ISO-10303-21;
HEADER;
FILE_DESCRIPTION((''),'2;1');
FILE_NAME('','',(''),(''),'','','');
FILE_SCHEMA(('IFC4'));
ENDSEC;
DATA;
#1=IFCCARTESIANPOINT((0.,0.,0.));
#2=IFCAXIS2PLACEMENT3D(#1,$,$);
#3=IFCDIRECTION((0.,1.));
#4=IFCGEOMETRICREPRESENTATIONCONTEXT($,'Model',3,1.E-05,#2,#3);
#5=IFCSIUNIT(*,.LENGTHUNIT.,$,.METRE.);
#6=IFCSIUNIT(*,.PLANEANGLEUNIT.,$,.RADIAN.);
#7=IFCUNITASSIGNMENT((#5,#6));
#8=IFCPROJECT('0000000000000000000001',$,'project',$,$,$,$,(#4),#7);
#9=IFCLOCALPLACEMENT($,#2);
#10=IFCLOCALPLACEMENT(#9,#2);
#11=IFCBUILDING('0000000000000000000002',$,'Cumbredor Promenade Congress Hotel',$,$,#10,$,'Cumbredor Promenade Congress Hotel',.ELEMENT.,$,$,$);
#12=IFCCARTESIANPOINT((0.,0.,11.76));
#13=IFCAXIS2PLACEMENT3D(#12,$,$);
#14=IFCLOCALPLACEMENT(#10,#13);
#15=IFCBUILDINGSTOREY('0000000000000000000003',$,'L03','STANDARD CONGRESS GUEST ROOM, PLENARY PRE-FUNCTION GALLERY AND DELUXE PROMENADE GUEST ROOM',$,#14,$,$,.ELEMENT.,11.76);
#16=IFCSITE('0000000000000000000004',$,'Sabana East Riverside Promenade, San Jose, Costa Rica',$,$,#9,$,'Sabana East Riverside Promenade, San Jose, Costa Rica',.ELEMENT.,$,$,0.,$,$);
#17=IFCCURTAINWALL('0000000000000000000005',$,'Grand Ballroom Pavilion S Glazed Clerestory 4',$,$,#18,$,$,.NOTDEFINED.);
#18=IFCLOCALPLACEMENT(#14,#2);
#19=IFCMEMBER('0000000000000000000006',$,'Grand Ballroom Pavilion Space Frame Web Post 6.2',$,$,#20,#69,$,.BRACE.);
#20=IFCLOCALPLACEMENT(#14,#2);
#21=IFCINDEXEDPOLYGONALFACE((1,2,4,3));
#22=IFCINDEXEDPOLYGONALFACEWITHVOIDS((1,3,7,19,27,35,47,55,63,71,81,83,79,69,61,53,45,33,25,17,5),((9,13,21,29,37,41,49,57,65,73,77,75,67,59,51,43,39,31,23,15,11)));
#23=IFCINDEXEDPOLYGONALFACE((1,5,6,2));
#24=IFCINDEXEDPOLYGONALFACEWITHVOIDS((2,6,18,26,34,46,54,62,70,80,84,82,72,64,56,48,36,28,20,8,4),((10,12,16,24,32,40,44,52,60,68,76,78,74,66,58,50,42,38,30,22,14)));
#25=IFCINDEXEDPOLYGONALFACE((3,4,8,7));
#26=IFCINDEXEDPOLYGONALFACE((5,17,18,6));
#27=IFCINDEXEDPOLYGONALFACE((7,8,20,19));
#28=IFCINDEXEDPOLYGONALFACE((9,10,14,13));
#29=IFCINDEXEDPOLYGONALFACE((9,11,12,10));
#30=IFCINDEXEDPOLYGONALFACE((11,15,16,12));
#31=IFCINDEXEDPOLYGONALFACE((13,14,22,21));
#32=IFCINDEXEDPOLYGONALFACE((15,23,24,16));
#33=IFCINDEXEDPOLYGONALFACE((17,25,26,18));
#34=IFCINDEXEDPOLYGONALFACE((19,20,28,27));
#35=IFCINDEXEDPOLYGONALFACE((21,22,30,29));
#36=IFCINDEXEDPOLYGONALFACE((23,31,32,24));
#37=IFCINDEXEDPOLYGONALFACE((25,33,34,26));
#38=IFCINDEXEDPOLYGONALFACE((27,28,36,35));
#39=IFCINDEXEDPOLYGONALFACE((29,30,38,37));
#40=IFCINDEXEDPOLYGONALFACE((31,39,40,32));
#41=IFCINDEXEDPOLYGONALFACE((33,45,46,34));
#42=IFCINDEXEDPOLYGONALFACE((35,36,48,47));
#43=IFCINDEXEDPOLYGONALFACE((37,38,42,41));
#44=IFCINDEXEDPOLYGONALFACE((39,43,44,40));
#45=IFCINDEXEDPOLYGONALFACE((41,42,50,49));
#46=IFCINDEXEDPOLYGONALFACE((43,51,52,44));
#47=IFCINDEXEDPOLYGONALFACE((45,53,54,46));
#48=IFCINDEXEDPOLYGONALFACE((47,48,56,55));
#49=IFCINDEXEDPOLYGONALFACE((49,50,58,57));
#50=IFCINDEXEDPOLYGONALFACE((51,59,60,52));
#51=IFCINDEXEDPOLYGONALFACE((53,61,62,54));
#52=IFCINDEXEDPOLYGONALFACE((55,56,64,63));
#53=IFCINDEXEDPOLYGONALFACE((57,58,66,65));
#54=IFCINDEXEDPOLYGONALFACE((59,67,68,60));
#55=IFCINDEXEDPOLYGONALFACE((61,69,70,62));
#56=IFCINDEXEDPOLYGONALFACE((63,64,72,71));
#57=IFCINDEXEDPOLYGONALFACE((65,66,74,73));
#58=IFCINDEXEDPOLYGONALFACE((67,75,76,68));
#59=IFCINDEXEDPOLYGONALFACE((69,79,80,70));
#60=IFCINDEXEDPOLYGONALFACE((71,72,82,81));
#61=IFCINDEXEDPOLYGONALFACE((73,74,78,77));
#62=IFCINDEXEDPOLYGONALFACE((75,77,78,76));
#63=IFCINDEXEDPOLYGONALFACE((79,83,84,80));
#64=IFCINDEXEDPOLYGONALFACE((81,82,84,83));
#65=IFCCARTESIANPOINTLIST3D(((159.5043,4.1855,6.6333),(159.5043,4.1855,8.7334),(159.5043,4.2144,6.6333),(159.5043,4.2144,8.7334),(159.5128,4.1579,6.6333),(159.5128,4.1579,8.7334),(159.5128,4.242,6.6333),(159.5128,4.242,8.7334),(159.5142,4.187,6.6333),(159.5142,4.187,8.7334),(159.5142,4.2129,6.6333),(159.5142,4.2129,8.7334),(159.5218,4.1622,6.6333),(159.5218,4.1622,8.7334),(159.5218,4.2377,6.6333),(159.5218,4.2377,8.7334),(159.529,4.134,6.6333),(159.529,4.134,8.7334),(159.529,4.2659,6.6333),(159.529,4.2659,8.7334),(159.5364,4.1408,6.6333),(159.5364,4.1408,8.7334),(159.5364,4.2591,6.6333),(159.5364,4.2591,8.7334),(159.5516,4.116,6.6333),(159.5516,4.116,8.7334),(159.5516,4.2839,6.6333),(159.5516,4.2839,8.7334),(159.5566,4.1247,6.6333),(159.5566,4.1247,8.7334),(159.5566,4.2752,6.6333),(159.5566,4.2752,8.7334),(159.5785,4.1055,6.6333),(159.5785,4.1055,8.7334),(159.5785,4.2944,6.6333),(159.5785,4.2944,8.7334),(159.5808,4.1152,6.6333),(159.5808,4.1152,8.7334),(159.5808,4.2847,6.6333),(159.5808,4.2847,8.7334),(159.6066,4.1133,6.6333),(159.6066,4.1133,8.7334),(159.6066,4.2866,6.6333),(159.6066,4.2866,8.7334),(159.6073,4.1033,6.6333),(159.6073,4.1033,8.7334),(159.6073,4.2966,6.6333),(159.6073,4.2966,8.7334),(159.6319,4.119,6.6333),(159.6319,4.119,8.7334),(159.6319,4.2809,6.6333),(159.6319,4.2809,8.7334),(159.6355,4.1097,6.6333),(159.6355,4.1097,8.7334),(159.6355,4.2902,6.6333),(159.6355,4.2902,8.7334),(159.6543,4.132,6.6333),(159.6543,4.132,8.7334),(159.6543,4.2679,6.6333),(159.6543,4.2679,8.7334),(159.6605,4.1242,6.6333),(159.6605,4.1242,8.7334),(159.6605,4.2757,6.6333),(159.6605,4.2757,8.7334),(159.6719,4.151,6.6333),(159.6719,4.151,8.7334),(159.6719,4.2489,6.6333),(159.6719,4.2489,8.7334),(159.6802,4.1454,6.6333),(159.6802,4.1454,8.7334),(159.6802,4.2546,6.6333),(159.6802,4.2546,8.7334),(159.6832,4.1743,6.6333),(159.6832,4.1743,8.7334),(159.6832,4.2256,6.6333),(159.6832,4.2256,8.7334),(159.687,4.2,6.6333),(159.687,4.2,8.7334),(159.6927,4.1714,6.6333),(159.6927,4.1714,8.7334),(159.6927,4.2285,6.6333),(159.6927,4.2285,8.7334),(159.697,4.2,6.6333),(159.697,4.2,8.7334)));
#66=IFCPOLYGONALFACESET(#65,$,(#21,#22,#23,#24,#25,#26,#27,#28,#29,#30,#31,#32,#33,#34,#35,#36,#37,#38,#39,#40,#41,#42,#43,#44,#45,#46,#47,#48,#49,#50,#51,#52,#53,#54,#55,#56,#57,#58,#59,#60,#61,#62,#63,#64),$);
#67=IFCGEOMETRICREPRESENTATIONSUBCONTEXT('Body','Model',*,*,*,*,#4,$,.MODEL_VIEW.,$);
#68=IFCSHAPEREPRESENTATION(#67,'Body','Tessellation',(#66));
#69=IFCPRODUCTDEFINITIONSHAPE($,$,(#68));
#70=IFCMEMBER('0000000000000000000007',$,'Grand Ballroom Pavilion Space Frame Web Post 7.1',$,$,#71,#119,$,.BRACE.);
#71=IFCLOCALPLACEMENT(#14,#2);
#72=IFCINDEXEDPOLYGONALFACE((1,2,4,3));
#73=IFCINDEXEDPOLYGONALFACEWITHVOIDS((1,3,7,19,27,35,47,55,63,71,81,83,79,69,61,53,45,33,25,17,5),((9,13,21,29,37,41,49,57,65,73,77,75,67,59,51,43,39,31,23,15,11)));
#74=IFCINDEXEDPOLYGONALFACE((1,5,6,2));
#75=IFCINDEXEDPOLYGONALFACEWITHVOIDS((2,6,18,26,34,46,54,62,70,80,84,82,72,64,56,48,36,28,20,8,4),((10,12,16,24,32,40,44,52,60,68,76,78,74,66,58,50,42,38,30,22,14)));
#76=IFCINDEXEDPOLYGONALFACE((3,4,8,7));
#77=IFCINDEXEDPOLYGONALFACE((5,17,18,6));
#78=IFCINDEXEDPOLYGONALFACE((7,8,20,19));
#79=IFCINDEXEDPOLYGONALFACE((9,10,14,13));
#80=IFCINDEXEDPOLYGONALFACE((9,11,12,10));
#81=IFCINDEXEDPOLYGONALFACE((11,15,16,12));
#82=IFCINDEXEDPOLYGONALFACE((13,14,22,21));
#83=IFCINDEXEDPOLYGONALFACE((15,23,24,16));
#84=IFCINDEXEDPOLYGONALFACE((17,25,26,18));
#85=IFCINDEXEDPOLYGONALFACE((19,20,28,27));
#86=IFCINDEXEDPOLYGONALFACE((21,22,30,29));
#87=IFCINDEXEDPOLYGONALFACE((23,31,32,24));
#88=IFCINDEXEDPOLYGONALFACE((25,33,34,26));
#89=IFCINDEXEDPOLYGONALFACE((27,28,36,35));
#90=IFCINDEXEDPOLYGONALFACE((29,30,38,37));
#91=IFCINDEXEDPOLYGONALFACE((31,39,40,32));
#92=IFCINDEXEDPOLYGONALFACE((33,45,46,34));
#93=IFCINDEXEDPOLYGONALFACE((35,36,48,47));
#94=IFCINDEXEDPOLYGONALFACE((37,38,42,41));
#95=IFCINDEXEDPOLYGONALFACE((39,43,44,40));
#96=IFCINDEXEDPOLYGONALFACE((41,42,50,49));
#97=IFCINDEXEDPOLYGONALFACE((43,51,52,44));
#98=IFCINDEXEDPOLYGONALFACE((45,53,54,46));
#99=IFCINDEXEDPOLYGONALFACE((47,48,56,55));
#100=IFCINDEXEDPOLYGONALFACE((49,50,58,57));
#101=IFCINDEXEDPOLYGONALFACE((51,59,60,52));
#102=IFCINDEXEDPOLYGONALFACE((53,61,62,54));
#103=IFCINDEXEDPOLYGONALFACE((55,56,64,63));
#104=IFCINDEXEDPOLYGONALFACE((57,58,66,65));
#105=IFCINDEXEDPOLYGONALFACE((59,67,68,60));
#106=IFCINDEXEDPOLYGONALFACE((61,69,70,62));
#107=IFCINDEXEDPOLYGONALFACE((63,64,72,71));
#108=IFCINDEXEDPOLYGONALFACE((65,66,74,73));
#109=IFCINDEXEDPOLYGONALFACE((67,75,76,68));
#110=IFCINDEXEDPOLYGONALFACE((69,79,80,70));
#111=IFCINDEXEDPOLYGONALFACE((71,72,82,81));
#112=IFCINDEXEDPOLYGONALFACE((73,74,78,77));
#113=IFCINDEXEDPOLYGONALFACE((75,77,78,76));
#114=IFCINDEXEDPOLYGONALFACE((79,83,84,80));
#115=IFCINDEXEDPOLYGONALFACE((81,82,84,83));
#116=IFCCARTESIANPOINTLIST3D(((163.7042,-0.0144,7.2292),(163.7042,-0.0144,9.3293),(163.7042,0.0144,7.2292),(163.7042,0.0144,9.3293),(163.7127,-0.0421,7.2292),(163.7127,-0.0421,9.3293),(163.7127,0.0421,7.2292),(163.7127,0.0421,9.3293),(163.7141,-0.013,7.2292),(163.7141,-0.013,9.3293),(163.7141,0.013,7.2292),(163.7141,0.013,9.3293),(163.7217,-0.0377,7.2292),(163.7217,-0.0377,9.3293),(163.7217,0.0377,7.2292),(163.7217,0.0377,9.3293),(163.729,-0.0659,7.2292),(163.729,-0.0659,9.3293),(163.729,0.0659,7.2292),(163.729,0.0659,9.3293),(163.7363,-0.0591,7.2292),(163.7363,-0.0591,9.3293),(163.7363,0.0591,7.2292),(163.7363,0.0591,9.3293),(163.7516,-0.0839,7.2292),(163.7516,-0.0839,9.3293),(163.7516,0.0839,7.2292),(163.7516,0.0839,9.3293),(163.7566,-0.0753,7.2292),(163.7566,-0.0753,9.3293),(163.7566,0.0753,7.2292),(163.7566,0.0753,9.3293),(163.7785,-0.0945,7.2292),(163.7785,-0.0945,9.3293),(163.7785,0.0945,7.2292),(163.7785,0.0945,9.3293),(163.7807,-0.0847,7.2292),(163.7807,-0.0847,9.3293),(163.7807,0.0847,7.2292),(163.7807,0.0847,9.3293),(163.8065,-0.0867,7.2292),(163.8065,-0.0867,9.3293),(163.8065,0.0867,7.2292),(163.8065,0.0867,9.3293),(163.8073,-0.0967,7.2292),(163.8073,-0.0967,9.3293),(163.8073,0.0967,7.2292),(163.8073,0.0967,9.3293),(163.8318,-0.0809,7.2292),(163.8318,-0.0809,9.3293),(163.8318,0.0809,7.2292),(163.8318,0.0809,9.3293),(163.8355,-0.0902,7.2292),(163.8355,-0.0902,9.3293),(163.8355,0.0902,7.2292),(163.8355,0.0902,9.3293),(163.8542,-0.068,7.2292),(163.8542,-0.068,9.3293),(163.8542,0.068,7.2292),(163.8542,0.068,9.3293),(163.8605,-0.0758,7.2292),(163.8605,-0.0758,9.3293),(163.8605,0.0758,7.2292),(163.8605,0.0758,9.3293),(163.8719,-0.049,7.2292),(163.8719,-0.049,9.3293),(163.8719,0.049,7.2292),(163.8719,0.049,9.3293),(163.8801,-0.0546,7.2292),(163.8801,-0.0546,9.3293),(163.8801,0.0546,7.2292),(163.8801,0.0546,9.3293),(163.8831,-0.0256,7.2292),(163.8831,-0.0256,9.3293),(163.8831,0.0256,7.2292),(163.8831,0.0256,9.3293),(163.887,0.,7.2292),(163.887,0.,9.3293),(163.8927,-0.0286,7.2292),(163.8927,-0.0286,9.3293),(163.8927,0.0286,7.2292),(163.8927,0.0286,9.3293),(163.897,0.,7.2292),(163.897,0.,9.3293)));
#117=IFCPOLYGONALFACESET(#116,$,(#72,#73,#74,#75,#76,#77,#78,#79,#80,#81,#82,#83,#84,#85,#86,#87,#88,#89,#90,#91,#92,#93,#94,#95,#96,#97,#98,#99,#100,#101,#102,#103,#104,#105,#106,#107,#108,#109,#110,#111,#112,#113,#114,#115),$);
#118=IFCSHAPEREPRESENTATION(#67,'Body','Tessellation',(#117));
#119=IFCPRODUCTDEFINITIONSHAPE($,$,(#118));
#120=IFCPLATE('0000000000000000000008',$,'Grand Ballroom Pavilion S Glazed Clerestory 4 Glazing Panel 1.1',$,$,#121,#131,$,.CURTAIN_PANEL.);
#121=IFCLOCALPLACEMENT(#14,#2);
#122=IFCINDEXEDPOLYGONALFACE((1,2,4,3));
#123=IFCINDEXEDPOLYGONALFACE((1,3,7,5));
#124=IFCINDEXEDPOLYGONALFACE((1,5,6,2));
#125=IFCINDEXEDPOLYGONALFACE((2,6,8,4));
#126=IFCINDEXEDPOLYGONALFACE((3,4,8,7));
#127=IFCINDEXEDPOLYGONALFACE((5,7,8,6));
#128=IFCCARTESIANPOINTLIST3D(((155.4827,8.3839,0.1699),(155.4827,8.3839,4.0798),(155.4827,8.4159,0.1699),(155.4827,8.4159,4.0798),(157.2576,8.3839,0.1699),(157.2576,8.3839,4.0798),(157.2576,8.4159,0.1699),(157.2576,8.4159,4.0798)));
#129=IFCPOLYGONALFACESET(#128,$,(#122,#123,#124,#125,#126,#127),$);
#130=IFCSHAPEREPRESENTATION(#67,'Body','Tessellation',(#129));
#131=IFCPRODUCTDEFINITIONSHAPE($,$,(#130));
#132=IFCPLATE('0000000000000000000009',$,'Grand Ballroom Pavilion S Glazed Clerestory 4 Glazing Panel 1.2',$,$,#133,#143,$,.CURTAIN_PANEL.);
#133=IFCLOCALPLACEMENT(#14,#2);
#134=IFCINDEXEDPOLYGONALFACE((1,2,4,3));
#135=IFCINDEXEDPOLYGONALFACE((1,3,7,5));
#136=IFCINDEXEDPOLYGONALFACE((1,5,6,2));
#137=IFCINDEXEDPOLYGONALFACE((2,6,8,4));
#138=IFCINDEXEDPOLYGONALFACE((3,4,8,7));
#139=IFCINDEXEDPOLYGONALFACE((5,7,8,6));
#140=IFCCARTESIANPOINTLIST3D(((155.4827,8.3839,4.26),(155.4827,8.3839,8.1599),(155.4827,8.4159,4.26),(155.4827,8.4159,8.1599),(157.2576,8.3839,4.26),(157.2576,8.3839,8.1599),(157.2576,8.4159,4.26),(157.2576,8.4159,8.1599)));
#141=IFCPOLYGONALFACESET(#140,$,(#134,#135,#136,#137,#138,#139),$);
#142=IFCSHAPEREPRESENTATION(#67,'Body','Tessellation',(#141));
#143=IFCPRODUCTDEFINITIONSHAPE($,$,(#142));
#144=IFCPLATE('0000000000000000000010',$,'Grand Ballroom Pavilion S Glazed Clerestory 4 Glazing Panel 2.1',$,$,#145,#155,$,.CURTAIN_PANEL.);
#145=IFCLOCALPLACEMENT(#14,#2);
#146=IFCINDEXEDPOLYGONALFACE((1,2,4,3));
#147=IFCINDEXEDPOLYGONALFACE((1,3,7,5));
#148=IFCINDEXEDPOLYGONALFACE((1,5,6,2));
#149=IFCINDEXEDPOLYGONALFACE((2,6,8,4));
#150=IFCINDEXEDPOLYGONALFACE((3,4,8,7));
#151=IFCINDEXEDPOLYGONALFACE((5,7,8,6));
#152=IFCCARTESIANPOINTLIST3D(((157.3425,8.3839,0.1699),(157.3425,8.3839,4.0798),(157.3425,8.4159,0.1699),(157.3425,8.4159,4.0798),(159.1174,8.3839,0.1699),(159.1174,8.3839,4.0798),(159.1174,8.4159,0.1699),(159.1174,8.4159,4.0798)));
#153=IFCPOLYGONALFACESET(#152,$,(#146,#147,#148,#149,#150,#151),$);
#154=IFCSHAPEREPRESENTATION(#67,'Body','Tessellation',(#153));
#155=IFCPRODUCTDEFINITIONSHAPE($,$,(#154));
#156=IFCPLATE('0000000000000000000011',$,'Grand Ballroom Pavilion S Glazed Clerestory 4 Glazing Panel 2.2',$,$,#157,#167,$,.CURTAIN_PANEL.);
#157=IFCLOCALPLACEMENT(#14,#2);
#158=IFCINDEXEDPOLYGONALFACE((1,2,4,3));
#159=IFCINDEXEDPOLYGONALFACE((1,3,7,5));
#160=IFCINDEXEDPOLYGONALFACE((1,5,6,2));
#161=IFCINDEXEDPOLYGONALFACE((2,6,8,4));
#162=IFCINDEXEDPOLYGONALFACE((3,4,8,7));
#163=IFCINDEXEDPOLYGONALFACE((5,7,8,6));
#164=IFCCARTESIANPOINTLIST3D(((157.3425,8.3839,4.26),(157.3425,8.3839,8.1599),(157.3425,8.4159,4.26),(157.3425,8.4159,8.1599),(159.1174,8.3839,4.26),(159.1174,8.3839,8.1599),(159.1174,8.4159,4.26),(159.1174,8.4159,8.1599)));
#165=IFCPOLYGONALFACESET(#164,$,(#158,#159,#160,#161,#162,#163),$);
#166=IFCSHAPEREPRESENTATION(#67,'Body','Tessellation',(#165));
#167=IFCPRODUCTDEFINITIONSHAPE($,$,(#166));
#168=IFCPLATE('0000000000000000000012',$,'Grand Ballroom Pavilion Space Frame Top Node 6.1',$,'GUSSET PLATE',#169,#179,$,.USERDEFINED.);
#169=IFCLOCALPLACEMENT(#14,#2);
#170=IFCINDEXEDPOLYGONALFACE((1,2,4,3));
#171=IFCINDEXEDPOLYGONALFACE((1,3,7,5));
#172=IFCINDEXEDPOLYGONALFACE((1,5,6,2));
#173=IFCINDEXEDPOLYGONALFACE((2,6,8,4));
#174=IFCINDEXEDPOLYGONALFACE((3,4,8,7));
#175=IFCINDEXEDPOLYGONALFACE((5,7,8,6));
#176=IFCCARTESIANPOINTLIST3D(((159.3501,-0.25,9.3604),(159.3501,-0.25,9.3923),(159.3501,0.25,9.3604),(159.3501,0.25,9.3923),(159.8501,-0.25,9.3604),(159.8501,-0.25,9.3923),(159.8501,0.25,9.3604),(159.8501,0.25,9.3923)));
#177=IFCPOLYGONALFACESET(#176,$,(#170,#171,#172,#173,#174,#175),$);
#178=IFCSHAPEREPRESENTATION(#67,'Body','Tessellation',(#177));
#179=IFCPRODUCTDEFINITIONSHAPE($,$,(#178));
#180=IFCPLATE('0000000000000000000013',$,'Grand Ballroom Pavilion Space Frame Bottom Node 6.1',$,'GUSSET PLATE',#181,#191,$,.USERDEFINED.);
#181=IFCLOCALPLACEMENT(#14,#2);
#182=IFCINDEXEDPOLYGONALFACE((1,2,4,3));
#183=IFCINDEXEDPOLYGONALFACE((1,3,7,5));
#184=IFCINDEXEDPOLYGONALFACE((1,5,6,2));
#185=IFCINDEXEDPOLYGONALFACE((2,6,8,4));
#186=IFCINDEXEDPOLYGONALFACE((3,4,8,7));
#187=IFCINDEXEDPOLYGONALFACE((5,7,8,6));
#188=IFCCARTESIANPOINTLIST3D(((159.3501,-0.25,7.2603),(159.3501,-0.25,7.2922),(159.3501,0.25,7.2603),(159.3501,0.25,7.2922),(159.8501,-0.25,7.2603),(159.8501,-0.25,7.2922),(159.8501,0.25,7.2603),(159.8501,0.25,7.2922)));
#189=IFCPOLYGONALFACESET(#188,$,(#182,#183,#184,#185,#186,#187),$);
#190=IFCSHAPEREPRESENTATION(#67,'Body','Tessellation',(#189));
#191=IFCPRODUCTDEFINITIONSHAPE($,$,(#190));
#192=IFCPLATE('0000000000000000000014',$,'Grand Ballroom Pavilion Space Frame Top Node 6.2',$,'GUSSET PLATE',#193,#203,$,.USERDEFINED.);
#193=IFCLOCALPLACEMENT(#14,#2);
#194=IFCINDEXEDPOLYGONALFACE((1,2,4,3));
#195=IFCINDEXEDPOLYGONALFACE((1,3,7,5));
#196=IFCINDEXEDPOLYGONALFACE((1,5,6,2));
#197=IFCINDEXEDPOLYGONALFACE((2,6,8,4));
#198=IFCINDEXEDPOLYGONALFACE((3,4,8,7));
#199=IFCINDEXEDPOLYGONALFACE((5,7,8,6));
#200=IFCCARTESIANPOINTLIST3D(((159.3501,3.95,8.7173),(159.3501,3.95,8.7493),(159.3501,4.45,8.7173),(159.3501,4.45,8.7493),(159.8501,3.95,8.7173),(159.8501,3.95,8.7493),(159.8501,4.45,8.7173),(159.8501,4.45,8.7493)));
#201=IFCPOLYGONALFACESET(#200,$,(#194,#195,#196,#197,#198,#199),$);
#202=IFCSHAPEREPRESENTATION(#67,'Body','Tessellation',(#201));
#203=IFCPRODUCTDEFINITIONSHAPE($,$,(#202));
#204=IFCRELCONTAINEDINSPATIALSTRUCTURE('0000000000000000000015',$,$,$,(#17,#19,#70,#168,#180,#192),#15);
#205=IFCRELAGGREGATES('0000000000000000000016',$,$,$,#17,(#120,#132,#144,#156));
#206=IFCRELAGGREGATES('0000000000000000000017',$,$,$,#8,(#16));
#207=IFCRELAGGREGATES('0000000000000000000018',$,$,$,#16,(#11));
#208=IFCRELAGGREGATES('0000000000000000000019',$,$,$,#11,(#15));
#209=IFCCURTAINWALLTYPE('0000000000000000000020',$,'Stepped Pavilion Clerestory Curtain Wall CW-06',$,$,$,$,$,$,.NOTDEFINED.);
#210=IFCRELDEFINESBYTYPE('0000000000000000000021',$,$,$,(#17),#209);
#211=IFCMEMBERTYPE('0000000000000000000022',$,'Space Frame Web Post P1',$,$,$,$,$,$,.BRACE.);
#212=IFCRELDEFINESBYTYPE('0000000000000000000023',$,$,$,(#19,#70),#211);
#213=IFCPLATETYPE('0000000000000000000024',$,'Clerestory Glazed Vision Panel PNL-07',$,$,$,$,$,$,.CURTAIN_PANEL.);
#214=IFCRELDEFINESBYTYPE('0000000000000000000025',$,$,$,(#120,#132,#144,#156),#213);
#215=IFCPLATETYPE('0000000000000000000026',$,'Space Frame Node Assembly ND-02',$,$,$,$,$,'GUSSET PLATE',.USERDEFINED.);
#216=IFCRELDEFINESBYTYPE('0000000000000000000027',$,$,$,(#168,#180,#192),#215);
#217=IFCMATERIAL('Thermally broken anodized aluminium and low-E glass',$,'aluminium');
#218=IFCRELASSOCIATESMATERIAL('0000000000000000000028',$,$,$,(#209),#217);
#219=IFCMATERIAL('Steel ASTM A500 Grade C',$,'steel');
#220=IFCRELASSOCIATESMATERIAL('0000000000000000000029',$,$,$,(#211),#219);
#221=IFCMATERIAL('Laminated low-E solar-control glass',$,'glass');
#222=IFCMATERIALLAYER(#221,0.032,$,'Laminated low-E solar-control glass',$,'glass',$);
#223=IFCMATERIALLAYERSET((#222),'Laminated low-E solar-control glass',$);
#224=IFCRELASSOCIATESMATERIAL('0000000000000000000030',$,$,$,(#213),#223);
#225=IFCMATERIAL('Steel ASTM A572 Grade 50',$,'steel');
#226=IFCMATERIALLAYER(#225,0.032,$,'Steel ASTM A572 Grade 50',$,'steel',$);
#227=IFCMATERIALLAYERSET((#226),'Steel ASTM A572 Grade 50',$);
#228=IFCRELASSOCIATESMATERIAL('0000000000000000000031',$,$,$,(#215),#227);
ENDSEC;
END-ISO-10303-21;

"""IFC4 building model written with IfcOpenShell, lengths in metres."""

from ifc_helpers import new_model, si_unit, direction, frame, origin, origin_2d, place, context, subcontext, project, spatial, rectangle, hollow_circle, extrude, material, layer, layer_set, material_profile, profile_set, type_object, element, aggregate, save


model = new_model("IFC4")

# Units and contexts
model_context = context("Model", 3, precision=1e-05, world=origin(), true_north=direction((0.0, 1.0)))
body_context = subcontext(model_context, "Body", "Model", "MODEL_VIEW")
ifc_project = project(units=[si_unit("LENGTHUNIT", "METRE"), si_unit("PLANEANGLEUNIT", "RADIAN")], contexts=[model_context])

# Site, building, storey
site_placement = place(None, origin())
site = spatial("IfcSite", under=ifc_project, at=site_placement, Name="Sabana East Riverside Promenade, San Jose, Costa Rica", LongName="Sabana East Riverside Promenade, San Jose, Costa Rica", CompositionType="ELEMENT", RefElevation=0.0)
building_placement = place(site_placement, origin())
building = spatial("IfcBuilding", under=site, at=building_placement, Name="Cumbredor Promenade Congress Hotel", LongName="Cumbredor Promenade Congress Hotel", CompositionType="ELEMENT")
storey_placement = place(building_placement, frame((0.0, 0.0, 11.76)))
storey = spatial("IfcBuildingStorey", under=building, at=storey_placement, Name="L03", Description="STANDARD CONGRESS GUEST ROOM, PLENARY PRE-FUNCTION GALLERY AND DELUXE PROMENADE GUEST ROOM", CompositionType="ELEMENT", Elevation=11.76)

# Shared definitions
ifc_material_1 = material(Name="Steel ASTM A500 Grade C", Category="steel")

# Curtain wall
ifc_material_2 = material(Name="Thermally broken anodized aluminium and low-E glass", Category="aluminium")
curtain_wall_type = type_object("IfcCurtainWallType", Name="Stepped Pavilion Clerestory Curtain Wall CW-06", PredefinedType="NOTDEFINED", material=ifc_material_2)
curtain_wall_placement = place(storey_placement, origin())
curtain_wall = element("IfcCurtainWall", 1, at=curtain_wall_placement, inside=storey, type_object=curtain_wall_type, Name="Grand Ballroom Pavilion S Glazed Clerestory 4", PredefinedType="NOTDEFINED")

# Members
ifc_material_profile_1 = material_profile(ifc_material_1, hollow_circle(Radius=0.0969, WallThickness=0.01, at=origin_2d()), Name="CHS 193.7x10")
ifc_profile_set_1 = profile_set([ifc_material_profile_1], Name="Steel ASTM A500 Grade C")
member_type_1 = type_object("IfcMemberType", Name="Space Frame Web Post P1", PredefinedType="BRACE", material=ifc_profile_set_1)
for number, where, z_axis, x_axis, name in (
    (2, (159.6001, 4.2, 6.6333), (0.0, 0.0, 1.0), (1.0, 0.0, 0.0), "Grand Ballroom Pavilion Space Frame Web Post 6.2"),
    (3, (163.8, 0.0, 7.2292), (0.0, 0.0, 1.0), (1.0, 0.0, 0.0), "Grand Ballroom Pavilion Space Frame Web Post 7.1"),
):
    element("IfcMember", number, at=place(storey_placement, frame(where, z_axis=z_axis, x_axis=x_axis)), inside=storey, type_object=member_type_1, Name=name, PredefinedType="BRACE", context=body_context, shape_type="SweptSolid", body=[
        extrude(hollow_circle(Radius=0.0969, WallThickness=0.01, at=origin_2d()), origin(), (0.0, 0.0, 1.0), 2.1001),
    ])

# Plates
ifc_material_3 = material(Name="Laminated low-E solar-control glass", Category="glass")
ifc_layer_1 = layer(ifc_material_3, 0.032, Name="Laminated low-E solar-control glass", Category="glass")
ifc_layer_set_1 = layer_set([ifc_layer_1], Name="Laminated low-E solar-control glass")
plate_type_1 = type_object("IfcPlateType", Name="Clerestory Glazed Vision Panel PNL-07", PredefinedType="CURTAIN_PANEL", material=ifc_layer_set_1)
plate_1_placement = place(storey_placement, frame((156.3701, 8.3999, 0.1699), z_axis=(0.0, 0.0, 1.0), x_axis=(1.0, 0.0, 0.0)))
plate_1 = element("IfcPlate", 4, at=plate_1_placement, type_object=plate_type_1, Name="Grand Ballroom Pavilion S Glazed Clerestory 4 Glazing Panel 1.1", PredefinedType="CURTAIN_PANEL", context=body_context, shape_type="SweptSolid", body=[
    extrude(rectangle(XDim=1.7749, YDim=0.032, at=origin_2d()), origin(), (0.0, 0.0, 1.0), 3.9099),
])
plate_2_placement = place(storey_placement, frame((156.3701, 8.3999, 4.26), z_axis=(0.0, 0.0, 1.0), x_axis=(1.0, 0.0, 0.0)))
plate_2 = element("IfcPlate", 5, at=plate_2_placement, type_object=plate_type_1, Name="Grand Ballroom Pavilion S Glazed Clerestory 4 Glazing Panel 1.2", PredefinedType="CURTAIN_PANEL", context=body_context, shape_type="SweptSolid", body=[
    extrude(rectangle(XDim=1.7749, YDim=0.032, at=origin_2d()), origin(), (0.0, 0.0, 1.0), 3.8999),
])
plate_3_placement = place(storey_placement, frame((158.23, 8.3999, 0.1699), z_axis=(0.0, 0.0, 1.0), x_axis=(1.0, 0.0, 0.0)))
plate_3 = element("IfcPlate", 6, at=plate_3_placement, type_object=plate_type_1, Name="Grand Ballroom Pavilion S Glazed Clerestory 4 Glazing Panel 2.1", PredefinedType="CURTAIN_PANEL", context=body_context, shape_type="SweptSolid", body=[
    extrude(rectangle(XDim=1.7749, YDim=0.032, at=origin_2d()), origin(), (0.0, 0.0, 1.0), 3.9099),
])
plate_4_placement = place(storey_placement, frame((158.23, 8.3999, 4.26), z_axis=(0.0, 0.0, 1.0), x_axis=(1.0, 0.0, 0.0)))
plate_4 = element("IfcPlate", 7, at=plate_4_placement, type_object=plate_type_1, Name="Grand Ballroom Pavilion S Glazed Clerestory 4 Glazing Panel 2.2", PredefinedType="CURTAIN_PANEL", context=body_context, shape_type="SweptSolid", body=[
    extrude(rectangle(XDim=1.7749, YDim=0.032, at=origin_2d()), origin(), (0.0, 0.0, 1.0), 3.8999),
])
aggregate(curtain_wall, [plate_1, plate_2, plate_3, plate_4])

# Plates
ifc_material_4 = material(Name="Steel ASTM A572 Grade 50", Category="steel")
ifc_layer_2 = layer(ifc_material_4, 0.032, Name="Steel ASTM A572 Grade 50", Category="steel")
ifc_layer_set_2 = layer_set([ifc_layer_2], Name="Steel ASTM A572 Grade 50")
plate_type_2 = type_object("IfcPlateType", Name="Space Frame Node Assembly ND-02", ElementType="GUSSET PLATE", PredefinedType="USERDEFINED", material=ifc_layer_set_2)
for number, where, z_axis, x_axis, name in (
    (8, (159.6001, 0.0, 9.3604), (0.0, 0.0, 1.0), (1.0, 0.0, 0.0), "Grand Ballroom Pavilion Space Frame Top Node 6.1"),
    (9, (159.6001, 0.0, 7.2603), (0.0, 0.0, 1.0), (1.0, 0.0, 0.0), "Grand Ballroom Pavilion Space Frame Bottom Node 6.1"),
    (10, (159.6001, 4.2, 8.7173), (0.0, 0.0, 1.0), (1.0, 0.0, 0.0), "Grand Ballroom Pavilion Space Frame Top Node 6.2"),
):
    element("IfcPlate", number, at=place(storey_placement, frame(where, z_axis=z_axis, x_axis=x_axis)), inside=storey, type_object=plate_type_2, Name=name, ObjectType="GUSSET PLATE", PredefinedType="USERDEFINED", context=body_context, shape_type="SweptSolid", body=[
        extrude(rectangle(XDim=0.5, YDim=0.5, at=origin_2d()), origin(), (0.0, 0.0, 1.0), 0.032),
    ])

save(model, "model.ifc")
